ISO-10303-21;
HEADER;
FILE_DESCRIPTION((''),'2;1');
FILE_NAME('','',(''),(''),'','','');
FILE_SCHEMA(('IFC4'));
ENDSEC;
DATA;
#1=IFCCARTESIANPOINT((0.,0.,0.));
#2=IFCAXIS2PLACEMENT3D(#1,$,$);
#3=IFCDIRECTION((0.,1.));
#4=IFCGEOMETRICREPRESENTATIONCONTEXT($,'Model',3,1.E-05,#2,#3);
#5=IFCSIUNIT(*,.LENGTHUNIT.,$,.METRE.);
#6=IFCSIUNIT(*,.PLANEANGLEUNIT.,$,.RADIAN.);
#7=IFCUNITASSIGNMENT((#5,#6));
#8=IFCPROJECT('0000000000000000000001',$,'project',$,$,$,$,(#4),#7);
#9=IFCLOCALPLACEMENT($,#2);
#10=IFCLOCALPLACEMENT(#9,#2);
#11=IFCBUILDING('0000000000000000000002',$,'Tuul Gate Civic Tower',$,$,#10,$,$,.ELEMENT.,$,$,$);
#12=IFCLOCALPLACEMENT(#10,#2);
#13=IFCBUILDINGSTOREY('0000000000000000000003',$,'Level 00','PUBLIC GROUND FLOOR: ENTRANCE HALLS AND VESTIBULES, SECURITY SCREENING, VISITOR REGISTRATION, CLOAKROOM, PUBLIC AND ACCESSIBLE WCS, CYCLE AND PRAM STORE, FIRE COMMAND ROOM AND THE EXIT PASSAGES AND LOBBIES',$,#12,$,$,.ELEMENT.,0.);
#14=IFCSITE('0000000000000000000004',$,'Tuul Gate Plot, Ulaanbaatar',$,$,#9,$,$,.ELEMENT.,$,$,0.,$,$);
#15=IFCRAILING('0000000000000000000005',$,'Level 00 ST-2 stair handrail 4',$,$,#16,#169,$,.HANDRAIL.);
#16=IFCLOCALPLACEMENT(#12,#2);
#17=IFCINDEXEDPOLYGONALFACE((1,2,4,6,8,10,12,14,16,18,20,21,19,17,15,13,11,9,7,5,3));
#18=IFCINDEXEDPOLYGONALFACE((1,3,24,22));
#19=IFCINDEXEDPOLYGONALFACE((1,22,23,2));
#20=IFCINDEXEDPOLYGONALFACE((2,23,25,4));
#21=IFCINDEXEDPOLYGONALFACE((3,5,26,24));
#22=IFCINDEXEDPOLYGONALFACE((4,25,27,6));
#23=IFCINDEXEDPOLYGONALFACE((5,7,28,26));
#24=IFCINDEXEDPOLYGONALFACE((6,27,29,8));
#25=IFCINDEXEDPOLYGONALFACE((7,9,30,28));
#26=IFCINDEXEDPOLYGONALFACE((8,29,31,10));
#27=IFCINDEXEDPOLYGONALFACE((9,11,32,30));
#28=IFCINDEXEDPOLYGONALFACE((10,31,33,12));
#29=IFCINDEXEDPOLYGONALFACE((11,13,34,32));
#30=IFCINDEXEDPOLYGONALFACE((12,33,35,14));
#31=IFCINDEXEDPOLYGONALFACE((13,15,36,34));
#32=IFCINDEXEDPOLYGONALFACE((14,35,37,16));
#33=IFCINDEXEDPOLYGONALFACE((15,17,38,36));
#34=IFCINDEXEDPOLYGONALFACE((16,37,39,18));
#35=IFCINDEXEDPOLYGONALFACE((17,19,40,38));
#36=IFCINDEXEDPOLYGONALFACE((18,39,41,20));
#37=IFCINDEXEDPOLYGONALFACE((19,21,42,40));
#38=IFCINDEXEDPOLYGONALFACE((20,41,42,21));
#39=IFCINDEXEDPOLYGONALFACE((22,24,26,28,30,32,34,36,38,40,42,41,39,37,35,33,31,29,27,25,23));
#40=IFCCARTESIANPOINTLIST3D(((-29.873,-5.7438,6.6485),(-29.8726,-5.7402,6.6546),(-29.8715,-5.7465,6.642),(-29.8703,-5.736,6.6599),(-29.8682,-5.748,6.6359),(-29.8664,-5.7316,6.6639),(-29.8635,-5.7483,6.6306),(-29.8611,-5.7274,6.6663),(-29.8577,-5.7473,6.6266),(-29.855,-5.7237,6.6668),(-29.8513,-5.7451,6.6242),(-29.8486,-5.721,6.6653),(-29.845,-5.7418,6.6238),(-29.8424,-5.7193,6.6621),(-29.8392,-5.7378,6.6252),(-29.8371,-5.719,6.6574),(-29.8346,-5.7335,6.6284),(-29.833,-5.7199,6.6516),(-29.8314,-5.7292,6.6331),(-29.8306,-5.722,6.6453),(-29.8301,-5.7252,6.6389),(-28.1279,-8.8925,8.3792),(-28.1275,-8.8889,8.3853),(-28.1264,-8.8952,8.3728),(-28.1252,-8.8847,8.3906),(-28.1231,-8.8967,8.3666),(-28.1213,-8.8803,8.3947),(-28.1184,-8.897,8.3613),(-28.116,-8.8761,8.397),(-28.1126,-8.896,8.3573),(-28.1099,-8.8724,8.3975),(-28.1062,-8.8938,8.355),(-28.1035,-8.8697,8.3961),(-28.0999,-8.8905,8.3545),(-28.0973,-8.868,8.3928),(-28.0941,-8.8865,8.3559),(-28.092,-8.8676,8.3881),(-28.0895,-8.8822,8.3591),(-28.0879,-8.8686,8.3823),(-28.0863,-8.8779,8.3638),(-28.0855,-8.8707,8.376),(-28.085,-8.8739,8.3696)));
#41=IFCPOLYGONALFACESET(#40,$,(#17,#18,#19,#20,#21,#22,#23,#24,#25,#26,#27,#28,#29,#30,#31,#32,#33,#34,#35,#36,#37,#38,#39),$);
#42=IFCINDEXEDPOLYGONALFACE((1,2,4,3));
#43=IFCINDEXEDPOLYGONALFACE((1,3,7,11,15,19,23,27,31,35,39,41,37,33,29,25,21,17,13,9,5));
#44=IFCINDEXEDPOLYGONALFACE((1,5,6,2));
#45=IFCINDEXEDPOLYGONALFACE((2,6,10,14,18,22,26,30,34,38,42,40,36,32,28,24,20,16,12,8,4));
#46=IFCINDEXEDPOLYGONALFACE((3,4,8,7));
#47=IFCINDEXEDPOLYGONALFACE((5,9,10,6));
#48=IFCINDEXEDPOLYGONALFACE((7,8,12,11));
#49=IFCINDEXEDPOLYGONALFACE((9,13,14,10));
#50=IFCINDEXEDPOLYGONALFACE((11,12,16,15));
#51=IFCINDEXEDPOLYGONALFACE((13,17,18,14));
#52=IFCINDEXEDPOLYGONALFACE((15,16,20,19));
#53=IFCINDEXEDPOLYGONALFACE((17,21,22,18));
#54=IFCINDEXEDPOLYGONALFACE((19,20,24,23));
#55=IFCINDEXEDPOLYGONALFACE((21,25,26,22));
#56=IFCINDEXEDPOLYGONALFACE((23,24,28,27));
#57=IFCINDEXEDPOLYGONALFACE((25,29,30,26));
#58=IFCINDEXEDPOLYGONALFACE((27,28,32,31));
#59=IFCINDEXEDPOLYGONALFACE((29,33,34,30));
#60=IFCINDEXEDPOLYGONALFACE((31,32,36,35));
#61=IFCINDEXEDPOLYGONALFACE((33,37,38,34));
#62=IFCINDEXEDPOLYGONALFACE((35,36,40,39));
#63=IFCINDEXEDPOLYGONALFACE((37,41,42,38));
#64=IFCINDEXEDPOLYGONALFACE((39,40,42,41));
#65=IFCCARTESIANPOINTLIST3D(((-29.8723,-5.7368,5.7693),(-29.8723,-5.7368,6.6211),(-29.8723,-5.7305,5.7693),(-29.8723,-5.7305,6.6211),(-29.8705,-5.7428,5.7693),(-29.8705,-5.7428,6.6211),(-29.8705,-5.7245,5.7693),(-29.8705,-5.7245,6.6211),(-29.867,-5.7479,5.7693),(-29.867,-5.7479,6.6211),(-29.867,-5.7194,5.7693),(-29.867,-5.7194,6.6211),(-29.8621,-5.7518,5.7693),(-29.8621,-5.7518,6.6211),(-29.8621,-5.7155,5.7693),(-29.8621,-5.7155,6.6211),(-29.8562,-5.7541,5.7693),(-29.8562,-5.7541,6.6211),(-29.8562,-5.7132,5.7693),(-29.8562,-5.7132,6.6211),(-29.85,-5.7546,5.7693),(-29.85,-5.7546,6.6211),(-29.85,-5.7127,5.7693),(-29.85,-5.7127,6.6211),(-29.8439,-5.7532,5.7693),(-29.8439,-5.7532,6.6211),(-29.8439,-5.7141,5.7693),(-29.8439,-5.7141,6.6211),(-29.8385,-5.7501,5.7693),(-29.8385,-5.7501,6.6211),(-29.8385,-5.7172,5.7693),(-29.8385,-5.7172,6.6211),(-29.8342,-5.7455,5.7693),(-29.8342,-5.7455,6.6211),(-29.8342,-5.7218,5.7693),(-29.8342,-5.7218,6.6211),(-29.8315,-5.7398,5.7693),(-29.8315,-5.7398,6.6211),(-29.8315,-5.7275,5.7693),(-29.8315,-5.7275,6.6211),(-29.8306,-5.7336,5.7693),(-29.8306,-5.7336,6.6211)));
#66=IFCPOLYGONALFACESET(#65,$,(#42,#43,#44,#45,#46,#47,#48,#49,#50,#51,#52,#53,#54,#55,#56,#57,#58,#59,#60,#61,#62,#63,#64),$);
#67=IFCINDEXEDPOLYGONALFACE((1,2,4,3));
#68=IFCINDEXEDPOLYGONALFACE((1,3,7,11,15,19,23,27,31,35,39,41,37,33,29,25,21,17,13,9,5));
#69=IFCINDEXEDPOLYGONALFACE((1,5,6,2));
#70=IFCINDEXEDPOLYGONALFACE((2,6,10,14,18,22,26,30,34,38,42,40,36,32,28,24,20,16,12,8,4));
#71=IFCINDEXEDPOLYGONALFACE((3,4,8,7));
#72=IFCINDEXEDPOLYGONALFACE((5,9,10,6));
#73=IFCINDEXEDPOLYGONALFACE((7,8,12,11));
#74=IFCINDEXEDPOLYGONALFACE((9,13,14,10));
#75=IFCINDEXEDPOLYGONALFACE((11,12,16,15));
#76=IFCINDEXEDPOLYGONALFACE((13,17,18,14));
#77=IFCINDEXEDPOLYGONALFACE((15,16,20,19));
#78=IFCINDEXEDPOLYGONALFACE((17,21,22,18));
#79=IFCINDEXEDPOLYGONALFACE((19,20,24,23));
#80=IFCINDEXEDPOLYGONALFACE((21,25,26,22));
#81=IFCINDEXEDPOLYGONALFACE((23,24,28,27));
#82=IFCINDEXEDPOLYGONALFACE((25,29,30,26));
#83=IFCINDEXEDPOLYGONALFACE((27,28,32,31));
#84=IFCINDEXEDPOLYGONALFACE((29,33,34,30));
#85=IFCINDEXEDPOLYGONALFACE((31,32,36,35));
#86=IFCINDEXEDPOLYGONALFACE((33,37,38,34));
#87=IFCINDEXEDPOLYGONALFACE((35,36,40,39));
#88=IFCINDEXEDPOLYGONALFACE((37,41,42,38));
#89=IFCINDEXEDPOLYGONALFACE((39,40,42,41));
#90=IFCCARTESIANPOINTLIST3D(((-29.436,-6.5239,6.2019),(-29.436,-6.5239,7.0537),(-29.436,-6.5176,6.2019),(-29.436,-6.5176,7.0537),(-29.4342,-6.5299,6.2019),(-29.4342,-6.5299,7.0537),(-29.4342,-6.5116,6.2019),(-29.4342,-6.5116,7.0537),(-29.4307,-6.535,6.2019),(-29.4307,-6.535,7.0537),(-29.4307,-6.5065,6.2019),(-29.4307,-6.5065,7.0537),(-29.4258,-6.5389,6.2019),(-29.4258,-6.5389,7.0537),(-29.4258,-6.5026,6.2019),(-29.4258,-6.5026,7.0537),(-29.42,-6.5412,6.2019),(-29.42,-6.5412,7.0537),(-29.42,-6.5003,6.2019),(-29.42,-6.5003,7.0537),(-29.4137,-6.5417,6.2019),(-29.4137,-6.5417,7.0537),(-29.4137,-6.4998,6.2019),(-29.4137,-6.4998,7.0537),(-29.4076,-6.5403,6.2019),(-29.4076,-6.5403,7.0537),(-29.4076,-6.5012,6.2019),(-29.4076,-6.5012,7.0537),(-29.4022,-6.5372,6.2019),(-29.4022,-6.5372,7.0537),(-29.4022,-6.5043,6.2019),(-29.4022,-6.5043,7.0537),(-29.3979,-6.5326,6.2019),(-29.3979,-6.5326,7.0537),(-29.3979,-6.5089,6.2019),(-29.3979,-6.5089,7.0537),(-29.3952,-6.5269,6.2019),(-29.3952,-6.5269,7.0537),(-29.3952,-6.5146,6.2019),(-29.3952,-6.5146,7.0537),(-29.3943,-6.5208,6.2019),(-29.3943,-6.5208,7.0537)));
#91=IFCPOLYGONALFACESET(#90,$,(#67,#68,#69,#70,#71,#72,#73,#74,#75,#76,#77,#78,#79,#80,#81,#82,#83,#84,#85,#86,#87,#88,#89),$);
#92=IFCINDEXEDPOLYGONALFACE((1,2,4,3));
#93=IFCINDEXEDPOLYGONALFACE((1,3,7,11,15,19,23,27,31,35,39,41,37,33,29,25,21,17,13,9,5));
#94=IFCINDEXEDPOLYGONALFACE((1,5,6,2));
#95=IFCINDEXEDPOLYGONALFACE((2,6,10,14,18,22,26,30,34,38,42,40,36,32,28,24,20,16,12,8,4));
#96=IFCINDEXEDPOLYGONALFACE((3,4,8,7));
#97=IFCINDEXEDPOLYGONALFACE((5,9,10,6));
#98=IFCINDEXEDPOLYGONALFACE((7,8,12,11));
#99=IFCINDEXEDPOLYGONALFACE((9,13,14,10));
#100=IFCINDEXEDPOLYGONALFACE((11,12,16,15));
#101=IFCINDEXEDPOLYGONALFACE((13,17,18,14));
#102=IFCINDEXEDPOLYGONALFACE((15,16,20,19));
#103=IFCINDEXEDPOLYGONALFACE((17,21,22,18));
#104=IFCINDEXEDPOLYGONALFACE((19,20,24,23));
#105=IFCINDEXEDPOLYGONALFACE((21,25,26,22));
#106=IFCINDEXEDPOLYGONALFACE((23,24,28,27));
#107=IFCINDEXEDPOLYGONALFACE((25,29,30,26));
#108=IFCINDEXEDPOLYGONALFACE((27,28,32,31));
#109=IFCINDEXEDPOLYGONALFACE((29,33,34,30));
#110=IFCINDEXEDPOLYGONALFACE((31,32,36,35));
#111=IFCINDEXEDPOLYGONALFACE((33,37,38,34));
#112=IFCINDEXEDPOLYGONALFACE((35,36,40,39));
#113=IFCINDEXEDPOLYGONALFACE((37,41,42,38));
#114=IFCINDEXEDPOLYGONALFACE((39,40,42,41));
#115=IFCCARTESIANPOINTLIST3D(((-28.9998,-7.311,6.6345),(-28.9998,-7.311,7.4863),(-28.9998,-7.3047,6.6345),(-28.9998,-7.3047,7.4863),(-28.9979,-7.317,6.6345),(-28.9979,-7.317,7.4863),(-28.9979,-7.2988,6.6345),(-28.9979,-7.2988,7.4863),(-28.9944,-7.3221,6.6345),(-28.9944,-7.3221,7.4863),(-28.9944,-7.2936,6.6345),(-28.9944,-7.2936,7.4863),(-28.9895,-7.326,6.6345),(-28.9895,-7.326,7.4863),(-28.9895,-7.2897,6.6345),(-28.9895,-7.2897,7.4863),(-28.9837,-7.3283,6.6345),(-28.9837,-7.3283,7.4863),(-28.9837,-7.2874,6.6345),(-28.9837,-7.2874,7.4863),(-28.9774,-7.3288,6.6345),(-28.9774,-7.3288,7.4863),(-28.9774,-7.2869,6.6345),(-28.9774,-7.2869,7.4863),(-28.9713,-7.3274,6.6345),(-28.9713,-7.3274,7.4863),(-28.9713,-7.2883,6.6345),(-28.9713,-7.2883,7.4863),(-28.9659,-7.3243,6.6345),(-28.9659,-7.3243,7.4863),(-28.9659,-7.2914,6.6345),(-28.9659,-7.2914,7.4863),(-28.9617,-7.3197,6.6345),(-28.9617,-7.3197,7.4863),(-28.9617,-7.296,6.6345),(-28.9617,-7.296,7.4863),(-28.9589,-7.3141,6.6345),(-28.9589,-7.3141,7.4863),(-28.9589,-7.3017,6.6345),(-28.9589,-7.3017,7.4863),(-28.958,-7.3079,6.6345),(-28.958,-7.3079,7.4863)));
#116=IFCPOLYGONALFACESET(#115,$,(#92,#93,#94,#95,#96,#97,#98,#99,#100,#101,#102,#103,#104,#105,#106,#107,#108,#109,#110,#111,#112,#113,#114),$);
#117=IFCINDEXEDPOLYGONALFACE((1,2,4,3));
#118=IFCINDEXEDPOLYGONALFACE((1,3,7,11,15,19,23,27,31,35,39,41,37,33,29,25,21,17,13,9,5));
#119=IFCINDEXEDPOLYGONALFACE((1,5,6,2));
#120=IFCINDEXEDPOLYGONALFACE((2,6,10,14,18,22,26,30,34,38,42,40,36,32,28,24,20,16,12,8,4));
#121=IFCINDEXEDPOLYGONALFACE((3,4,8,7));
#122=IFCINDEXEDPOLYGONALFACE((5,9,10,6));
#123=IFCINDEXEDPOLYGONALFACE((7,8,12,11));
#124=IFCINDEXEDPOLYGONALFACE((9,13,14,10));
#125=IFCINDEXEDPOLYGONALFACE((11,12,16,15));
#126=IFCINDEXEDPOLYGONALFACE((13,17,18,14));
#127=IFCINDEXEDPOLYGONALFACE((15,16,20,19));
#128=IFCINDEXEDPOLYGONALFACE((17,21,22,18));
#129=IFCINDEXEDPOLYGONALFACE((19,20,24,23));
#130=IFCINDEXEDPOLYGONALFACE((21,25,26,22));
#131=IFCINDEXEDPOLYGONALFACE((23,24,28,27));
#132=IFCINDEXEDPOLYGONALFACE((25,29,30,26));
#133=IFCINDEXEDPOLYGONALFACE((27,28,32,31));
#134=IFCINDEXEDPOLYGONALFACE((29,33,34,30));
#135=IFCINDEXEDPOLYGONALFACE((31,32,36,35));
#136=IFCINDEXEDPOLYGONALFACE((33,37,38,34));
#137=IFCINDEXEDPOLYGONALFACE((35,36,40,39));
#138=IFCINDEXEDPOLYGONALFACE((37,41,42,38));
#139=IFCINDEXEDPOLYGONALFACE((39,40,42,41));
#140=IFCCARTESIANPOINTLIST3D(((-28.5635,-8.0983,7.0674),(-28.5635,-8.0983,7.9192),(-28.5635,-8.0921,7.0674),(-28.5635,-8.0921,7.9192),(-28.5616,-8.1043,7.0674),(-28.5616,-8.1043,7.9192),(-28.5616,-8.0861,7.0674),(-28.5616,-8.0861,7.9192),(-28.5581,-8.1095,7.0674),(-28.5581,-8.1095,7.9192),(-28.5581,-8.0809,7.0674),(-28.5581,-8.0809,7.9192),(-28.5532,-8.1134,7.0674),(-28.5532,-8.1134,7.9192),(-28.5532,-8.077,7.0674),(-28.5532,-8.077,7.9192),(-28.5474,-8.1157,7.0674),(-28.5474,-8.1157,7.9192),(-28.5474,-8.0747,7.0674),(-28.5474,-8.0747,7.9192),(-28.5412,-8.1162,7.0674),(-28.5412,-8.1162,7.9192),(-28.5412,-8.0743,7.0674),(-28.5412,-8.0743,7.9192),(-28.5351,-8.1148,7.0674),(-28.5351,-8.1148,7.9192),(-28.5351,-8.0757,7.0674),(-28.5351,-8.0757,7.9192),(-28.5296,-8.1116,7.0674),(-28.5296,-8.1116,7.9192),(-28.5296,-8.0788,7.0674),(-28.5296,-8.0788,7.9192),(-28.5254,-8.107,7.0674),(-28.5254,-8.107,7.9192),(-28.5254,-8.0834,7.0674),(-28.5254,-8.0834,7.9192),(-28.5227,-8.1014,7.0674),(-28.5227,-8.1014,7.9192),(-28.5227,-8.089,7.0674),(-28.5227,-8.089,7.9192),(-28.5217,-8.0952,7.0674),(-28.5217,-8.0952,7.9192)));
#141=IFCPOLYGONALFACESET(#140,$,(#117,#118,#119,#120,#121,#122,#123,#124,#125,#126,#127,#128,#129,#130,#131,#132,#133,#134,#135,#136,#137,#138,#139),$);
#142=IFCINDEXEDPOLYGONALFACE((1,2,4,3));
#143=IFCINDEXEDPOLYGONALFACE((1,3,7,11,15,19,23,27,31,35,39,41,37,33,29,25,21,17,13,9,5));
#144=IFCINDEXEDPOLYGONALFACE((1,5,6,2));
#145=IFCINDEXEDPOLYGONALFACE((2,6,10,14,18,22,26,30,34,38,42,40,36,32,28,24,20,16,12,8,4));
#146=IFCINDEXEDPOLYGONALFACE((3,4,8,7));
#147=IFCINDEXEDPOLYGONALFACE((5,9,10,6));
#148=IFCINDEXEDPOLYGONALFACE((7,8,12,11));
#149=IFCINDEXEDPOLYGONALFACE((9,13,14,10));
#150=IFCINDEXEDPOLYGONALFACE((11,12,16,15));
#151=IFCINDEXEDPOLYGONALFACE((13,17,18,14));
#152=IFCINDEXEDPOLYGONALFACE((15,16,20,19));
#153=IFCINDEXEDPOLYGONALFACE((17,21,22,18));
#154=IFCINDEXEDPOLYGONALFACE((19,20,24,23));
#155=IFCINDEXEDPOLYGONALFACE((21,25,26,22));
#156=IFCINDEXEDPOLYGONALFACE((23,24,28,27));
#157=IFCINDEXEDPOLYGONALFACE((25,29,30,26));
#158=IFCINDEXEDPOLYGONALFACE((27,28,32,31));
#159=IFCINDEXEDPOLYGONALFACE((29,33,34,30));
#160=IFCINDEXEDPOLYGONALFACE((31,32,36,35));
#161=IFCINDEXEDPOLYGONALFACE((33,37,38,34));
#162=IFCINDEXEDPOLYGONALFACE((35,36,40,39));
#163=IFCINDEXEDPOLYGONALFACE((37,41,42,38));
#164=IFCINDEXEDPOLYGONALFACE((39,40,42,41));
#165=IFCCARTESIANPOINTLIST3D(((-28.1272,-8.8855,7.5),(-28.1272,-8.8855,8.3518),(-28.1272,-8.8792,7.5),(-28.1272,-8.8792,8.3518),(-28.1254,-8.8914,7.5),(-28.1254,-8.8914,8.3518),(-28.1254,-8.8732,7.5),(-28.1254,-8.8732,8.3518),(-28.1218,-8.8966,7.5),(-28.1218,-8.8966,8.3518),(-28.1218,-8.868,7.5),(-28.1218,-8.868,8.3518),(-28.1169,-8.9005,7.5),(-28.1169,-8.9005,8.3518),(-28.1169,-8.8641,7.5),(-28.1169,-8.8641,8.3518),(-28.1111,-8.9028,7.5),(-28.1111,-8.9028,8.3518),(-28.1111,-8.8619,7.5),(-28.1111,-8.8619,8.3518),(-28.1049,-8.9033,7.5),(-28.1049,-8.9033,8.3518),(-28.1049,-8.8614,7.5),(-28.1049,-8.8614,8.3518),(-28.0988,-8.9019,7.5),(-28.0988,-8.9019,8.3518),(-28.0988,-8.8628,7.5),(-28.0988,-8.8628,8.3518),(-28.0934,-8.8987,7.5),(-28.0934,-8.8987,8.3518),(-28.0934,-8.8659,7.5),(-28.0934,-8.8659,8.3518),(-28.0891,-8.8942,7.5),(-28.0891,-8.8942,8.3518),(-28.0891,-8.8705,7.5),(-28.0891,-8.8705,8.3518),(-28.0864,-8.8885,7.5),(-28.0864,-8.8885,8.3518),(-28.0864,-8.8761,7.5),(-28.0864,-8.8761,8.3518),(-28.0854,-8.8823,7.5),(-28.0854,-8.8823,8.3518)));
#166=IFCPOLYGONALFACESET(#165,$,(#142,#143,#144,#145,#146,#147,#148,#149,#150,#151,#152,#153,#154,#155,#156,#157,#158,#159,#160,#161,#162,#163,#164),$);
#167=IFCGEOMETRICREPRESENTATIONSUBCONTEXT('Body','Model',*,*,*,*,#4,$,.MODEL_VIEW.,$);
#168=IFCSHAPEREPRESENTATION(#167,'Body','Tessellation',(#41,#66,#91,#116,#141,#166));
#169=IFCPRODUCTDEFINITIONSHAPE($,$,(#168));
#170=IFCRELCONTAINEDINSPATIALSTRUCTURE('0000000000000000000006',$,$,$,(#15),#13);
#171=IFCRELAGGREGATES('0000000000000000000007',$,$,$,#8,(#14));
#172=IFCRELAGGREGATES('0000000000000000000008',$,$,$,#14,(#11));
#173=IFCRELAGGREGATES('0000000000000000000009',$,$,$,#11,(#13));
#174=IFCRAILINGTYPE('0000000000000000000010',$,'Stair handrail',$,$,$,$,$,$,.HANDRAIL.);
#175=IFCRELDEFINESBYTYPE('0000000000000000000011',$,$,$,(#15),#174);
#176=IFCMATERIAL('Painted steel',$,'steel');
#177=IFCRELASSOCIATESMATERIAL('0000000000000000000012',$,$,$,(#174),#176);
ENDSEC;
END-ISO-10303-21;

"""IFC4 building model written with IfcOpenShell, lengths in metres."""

from ifc_helpers import new_model, si_unit, direction, frame, origin, origin_2d, place, context, subcontext, project, spatial, circle, extrude, material, type_object, element, save


model = new_model("IFC4")

# Units and contexts
model_context = context("Model", 3, precision=1e-05, world=origin(), true_north=direction((0.0, 1.0)))
body_context = subcontext(model_context, "Body", "Model", "MODEL_VIEW")
ifc_project = project(units=[si_unit("LENGTHUNIT", "METRE"), si_unit("PLANEANGLEUNIT", "RADIAN")], contexts=[model_context])

# Site, building, storey
site_placement = place(None, origin())
site = spatial("IfcSite", under=ifc_project, at=site_placement, Name="Tuul Gate Plot, Ulaanbaatar", CompositionType="ELEMENT", RefElevation=0.0)
building_placement = place(site_placement, origin())
building = spatial("IfcBuilding", under=site, at=building_placement, Name="Tuul Gate Civic Tower", CompositionType="ELEMENT")
storey_placement = place(building_placement, origin())
storey = spatial("IfcBuildingStorey", under=building, at=storey_placement, Name="Level 00", Description="PUBLIC GROUND FLOOR: ENTRANCE HALLS AND VESTIBULES, SECURITY SCREENING, VISITOR REGISTRATION, CLOAKROOM, PUBLIC AND ACCESSIBLE WCS, CYCLE AND PRAM STORE, FIRE COMMAND ROOM AND THE EXIT PASSAGES AND LOBBIES", CompositionType="ELEMENT", Elevation=0.0)

# Railing
ifc_material_1 = material(Name="Painted steel", Category="steel")
railing_type_1 = type_object("IfcRailingType", Name="Stair handrail", PredefinedType="HANDRAIL", material=ifc_material_1)
railing_1_placement = place(storey_placement, frame((-29.8516, -5.7336, 5.7693)))
element("IfcRailing", 1, at=railing_1_placement, inside=storey, type_object=railing_type_1, Name="Level 00 ST-2 stair handrail 4", PredefinedType="HANDRAIL", context=body_context, shape_type="SweptSolid", body=[
    extrude(circle(Radius=0.0239, at=origin_2d()), frame((0.0, 0.0, 0.876), z_axis=(0.436894, -0.78828, 0.433288), x_axis=(0.874646, 0.484762, 0.0)), (0.0, 0.0, 1.0), 3.9944),
    extrude(circle(Radius=0.021, at=origin_2d()), origin(), (0.0, 0.0, 1.0), 0.8518),
    extrude(circle(Radius=0.021, at=origin_2d()), frame((0.4363, -0.7871, 0.4326)), (0.0, 0.0, 1.0), 0.8518),
    extrude(circle(Radius=0.021, at=origin_2d()), frame((0.8726, -1.5742, 0.8652)), (0.0, 0.0, 1.0), 0.8518),
    extrude(circle(Radius=0.021, at=origin_2d()), frame((1.3088, -2.3616, 1.2981)), (0.0, 0.0, 1.0), 0.8518),
    extrude(circle(Radius=0.021, at=origin_2d()), frame((1.7451, -3.1487, 1.7307)), (0.0, 0.0, 1.0), 0.8518),
])

save(model, "model.ifc")
